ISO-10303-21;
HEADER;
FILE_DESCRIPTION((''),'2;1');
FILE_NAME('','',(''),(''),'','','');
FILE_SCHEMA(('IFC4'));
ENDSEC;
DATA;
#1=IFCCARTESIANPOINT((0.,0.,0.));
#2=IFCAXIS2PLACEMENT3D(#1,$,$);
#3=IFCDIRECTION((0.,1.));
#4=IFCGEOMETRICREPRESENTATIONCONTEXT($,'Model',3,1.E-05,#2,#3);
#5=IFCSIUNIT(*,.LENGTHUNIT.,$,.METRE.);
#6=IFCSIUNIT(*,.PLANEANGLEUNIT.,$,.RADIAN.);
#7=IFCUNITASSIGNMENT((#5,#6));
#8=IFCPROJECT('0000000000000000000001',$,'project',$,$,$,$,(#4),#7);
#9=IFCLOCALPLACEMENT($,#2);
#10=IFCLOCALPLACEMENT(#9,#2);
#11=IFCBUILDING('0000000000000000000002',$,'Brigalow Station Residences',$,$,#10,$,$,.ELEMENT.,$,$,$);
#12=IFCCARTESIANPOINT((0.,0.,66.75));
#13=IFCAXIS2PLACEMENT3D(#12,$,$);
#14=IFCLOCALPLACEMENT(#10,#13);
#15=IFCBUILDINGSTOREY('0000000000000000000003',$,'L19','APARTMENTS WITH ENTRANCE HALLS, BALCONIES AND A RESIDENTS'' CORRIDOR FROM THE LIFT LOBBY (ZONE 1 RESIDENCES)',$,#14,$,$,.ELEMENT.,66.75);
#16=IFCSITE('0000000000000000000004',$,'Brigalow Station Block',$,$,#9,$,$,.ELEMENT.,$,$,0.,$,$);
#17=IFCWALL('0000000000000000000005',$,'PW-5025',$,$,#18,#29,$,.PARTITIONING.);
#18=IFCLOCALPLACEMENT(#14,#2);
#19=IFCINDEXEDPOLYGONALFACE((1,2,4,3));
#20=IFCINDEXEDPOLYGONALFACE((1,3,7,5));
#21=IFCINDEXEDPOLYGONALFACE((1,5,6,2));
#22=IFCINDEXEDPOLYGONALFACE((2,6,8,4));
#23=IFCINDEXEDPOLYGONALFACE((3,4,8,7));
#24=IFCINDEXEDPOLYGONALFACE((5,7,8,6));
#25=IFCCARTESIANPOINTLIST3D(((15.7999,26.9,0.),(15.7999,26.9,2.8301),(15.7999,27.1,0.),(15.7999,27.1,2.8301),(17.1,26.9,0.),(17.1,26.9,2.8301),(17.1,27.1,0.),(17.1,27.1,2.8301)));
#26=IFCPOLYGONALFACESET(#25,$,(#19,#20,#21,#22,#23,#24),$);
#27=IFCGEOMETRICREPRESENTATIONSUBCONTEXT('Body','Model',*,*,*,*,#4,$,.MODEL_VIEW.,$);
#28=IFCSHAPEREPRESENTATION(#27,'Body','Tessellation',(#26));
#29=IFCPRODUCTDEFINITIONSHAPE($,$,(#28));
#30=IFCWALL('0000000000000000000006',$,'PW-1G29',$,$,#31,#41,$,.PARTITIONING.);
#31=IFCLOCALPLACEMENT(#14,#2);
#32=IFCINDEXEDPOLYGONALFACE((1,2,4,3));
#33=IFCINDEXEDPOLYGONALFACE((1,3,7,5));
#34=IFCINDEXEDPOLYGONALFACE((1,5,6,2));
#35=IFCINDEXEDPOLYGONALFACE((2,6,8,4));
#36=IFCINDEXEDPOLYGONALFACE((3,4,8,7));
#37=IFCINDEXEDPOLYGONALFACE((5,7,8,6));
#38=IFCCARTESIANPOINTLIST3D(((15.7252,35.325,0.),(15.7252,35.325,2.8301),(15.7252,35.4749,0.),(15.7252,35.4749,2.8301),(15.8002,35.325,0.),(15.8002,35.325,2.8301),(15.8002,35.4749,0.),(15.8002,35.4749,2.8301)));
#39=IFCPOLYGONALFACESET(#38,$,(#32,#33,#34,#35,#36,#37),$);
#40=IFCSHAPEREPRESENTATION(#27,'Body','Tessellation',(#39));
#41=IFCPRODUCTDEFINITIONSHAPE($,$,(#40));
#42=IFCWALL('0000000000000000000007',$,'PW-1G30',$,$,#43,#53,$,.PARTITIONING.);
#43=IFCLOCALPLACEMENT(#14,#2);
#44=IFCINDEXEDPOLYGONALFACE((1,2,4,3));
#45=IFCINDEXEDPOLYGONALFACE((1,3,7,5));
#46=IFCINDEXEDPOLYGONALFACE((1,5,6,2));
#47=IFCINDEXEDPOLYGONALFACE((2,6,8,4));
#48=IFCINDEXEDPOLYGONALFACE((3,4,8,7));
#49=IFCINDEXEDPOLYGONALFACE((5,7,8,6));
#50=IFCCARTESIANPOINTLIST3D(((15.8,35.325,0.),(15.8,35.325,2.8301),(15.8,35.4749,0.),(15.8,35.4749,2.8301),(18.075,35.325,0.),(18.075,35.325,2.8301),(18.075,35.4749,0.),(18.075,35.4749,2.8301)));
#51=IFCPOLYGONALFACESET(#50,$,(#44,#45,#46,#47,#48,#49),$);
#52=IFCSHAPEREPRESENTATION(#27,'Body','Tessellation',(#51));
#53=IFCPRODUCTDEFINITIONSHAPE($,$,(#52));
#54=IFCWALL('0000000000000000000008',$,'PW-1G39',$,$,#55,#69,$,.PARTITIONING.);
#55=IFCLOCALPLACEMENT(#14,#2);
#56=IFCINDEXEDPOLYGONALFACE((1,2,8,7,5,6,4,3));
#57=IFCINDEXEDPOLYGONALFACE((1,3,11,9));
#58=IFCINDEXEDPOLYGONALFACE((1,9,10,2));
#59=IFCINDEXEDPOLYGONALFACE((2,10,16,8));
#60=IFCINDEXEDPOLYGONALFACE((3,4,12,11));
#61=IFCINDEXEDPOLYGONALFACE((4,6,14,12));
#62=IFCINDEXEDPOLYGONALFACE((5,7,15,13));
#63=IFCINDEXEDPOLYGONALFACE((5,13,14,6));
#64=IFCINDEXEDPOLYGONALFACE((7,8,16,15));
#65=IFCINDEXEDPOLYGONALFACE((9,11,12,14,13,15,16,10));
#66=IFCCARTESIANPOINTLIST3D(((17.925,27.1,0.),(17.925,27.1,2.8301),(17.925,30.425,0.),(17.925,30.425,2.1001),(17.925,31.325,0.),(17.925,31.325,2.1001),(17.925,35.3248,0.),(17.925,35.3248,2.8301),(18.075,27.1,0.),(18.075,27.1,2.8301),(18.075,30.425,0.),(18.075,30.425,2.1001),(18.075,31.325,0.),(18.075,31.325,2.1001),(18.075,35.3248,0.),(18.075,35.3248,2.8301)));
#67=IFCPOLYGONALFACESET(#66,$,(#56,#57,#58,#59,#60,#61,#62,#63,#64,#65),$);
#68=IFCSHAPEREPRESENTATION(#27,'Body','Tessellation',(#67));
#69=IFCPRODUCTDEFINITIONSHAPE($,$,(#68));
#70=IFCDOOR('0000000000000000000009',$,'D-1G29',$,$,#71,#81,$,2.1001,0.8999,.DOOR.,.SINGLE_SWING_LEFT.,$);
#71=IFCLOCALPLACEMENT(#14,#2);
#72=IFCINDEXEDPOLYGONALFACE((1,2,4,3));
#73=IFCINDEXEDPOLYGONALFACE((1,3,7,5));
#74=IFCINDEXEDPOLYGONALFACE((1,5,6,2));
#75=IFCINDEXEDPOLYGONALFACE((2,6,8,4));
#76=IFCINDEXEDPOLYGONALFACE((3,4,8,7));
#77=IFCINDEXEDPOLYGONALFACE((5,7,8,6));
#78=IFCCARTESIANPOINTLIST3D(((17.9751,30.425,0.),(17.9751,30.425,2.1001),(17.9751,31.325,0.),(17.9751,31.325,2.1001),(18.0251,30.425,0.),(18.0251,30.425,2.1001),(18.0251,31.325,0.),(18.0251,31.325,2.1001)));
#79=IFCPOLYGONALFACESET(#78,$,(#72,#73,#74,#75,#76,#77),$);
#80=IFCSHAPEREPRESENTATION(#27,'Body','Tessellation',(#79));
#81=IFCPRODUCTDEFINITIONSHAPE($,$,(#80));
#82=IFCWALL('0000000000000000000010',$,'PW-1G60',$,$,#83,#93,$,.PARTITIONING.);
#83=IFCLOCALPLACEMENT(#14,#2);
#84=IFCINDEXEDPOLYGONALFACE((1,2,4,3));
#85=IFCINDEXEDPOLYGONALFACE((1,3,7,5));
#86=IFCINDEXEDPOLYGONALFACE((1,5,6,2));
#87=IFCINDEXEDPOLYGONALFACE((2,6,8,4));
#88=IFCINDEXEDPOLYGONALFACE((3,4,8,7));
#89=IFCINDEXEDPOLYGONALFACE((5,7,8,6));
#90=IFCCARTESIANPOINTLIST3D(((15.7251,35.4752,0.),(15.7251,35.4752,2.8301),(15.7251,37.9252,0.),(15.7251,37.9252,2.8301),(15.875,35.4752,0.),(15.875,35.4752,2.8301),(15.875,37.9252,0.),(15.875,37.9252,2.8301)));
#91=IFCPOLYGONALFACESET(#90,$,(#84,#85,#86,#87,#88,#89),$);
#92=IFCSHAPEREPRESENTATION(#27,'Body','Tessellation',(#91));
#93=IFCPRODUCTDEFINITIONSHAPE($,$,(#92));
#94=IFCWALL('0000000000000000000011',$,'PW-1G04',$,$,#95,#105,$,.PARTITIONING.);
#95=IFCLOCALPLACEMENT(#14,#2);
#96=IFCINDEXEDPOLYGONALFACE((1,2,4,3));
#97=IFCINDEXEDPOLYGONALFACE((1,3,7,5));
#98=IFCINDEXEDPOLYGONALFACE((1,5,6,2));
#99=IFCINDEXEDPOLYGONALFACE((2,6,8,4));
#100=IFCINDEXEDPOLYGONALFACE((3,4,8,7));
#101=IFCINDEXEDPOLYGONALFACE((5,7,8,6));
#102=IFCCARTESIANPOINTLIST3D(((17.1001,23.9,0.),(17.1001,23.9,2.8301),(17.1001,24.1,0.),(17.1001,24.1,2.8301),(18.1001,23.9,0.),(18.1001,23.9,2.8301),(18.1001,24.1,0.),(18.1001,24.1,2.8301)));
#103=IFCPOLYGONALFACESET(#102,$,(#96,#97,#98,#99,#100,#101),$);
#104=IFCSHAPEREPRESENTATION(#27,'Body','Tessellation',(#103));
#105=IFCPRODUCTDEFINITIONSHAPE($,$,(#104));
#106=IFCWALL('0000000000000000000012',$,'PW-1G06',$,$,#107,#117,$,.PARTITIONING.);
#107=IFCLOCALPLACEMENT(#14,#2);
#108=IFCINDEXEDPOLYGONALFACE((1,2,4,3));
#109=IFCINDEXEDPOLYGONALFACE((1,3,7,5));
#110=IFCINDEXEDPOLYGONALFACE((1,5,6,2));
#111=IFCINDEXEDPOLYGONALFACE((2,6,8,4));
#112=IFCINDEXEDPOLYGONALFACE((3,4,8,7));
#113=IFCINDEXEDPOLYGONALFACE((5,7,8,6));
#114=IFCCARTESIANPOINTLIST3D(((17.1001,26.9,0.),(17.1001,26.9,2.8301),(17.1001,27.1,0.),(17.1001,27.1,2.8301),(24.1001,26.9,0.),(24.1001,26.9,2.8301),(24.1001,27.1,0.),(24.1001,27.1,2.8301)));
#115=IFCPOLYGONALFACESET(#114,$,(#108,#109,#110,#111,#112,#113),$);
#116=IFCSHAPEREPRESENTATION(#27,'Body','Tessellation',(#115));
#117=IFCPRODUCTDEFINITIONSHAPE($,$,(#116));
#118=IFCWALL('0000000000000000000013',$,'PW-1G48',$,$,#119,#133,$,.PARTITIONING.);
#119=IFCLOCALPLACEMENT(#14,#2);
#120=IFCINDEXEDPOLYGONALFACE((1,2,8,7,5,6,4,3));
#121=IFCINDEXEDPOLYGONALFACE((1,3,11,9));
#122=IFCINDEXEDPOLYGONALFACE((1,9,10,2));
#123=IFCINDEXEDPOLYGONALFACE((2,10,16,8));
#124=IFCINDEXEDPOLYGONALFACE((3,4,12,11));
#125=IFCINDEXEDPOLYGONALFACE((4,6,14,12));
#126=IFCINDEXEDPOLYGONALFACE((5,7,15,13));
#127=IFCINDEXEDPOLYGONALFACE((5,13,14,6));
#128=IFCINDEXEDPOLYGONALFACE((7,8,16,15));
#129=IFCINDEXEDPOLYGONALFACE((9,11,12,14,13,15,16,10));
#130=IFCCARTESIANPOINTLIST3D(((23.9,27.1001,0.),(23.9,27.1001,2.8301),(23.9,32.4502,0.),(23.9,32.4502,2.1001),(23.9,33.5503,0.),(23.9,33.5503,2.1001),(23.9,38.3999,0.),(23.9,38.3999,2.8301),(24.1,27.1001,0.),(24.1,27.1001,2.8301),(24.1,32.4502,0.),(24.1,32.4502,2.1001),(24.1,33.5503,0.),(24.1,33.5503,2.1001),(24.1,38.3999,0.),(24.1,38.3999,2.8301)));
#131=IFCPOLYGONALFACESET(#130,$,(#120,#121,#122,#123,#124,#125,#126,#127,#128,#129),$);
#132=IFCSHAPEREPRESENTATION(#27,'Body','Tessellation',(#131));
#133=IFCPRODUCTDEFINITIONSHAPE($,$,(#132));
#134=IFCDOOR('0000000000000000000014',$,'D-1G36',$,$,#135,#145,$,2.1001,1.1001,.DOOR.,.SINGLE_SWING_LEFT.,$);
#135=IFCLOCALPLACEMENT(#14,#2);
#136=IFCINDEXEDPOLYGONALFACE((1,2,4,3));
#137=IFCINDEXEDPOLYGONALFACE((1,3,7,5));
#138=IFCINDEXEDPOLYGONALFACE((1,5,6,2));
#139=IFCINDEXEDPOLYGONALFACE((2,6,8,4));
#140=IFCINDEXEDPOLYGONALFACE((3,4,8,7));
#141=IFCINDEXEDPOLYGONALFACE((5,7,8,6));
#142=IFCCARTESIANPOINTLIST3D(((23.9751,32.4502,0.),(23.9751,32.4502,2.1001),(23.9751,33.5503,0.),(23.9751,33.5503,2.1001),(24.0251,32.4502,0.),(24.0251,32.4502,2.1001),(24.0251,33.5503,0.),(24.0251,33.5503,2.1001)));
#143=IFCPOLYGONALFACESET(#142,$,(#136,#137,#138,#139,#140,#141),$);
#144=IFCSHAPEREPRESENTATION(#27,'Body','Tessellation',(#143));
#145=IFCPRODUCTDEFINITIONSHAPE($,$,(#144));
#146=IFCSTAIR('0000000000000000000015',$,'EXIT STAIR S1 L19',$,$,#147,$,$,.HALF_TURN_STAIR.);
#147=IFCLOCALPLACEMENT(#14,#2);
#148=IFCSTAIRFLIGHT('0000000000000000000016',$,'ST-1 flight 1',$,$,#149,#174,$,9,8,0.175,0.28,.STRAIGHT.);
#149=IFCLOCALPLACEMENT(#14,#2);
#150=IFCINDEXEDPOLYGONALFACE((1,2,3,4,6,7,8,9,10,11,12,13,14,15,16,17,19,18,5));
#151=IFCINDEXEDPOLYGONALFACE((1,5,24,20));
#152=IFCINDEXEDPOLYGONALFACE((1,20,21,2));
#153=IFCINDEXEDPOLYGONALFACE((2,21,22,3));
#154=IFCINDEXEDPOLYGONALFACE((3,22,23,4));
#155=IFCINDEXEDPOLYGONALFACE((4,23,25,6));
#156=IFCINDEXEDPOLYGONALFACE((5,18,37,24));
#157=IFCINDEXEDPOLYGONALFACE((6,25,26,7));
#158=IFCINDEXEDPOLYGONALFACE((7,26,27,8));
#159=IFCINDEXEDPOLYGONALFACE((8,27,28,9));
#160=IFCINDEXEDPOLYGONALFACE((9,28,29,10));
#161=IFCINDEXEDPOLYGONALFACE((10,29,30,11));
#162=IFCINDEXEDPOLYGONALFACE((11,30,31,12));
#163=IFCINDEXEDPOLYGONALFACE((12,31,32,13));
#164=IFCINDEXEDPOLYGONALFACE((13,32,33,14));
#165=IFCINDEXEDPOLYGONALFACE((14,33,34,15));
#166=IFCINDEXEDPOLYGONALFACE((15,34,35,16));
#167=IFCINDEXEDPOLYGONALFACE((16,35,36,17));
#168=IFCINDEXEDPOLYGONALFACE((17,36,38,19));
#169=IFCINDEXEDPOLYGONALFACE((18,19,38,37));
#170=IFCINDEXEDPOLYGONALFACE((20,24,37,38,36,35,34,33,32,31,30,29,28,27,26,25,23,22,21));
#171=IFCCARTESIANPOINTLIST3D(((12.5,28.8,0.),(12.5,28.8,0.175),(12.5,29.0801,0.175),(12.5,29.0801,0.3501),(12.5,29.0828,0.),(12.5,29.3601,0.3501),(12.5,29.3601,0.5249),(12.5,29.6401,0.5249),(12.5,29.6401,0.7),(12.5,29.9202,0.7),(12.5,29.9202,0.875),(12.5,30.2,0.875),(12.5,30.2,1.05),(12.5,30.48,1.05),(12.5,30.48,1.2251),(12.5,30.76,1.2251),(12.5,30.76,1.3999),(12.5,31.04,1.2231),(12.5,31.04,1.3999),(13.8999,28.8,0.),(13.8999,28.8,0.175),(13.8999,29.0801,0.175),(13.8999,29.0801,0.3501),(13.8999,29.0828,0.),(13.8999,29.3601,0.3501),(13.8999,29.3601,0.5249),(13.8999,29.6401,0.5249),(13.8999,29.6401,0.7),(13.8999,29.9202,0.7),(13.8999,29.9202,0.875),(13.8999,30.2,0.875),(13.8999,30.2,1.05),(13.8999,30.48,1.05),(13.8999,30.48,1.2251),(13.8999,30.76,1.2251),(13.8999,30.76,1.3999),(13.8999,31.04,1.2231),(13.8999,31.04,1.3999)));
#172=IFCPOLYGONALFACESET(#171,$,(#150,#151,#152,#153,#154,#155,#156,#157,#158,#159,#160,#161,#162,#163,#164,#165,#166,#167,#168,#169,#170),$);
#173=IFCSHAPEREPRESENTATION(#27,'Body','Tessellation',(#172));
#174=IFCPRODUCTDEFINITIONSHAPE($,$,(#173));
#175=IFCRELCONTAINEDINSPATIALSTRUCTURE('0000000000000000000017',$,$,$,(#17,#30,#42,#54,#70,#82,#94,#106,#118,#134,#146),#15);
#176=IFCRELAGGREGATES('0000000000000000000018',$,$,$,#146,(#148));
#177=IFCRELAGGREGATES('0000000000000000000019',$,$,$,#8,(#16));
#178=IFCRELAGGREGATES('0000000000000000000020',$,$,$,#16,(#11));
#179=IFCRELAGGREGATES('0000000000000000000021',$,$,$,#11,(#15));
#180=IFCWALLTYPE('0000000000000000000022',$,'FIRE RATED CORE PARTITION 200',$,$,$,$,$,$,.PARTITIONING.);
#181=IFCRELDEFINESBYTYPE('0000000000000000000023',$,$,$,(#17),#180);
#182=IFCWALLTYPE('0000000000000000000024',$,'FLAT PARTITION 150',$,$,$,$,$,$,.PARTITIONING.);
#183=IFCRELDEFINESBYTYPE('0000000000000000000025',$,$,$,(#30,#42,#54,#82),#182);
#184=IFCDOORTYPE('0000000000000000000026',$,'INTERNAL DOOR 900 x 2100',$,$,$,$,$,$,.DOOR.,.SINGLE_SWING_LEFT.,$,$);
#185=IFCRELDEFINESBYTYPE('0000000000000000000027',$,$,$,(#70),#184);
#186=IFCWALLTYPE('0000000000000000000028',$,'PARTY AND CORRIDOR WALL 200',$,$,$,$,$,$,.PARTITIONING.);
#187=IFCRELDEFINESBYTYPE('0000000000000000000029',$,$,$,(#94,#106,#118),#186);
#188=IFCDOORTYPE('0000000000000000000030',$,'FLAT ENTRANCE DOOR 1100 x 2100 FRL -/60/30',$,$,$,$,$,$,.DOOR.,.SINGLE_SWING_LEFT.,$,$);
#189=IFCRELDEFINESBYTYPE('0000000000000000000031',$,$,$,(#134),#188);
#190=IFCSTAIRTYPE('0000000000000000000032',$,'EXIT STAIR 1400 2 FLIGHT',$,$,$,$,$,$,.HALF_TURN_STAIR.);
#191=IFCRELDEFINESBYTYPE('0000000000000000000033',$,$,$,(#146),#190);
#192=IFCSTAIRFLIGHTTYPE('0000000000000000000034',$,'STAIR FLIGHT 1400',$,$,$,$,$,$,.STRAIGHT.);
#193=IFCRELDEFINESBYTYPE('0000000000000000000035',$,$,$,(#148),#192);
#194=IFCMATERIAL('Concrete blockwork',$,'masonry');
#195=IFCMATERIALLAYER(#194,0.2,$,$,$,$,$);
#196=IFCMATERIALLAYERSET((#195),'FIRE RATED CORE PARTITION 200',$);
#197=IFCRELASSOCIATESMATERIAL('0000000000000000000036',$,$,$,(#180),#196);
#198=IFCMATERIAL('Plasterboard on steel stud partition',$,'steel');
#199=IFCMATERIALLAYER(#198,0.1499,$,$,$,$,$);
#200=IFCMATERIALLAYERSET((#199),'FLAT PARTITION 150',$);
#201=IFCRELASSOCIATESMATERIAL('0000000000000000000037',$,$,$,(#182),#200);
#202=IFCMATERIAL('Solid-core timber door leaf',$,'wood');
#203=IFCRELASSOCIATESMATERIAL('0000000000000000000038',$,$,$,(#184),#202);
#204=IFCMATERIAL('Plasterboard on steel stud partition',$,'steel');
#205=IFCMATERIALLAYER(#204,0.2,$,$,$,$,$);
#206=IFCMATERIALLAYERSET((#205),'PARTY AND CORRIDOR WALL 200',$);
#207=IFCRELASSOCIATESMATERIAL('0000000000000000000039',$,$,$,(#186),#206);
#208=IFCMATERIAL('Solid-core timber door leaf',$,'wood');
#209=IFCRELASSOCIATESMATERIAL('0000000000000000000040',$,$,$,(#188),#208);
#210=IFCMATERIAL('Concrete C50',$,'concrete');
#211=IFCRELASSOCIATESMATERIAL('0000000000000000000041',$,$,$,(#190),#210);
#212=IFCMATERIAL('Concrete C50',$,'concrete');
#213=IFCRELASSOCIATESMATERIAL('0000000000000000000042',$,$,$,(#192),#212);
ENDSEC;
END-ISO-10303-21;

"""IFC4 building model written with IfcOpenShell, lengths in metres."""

from ifc_helpers import new_model, si_unit, direction, frame, frame_2d, origin, place, context, subcontext, project, spatial, polyline, rectangle, outline, extrude, material, layer, layer_set, type_object, element, fill, aggregate, save


model = new_model("IFC4")

# Units and contexts
model_context = context("Model", 3, precision=1e-05, world=origin(), true_north=direction((0.0, 1.0)))
body_context = subcontext(model_context, "Body", "Model", "MODEL_VIEW")
ifc_project = project(units=[si_unit("LENGTHUNIT", "METRE"), si_unit("PLANEANGLEUNIT", "RADIAN")], contexts=[model_context])

# Site, building, storey
site_placement = place(None, origin())
site = spatial("IfcSite", under=ifc_project, at=site_placement, Name="Brigalow Station Block", CompositionType="ELEMENT", RefElevation=0.0)
building_placement = place(site_placement, origin())
building = spatial("IfcBuilding", under=site, at=building_placement, Name="Brigalow Station Residences", CompositionType="ELEMENT")
storey_placement = place(building_placement, frame((0.0, 0.0, 66.75)))
storey = spatial("IfcBuildingStorey", under=building, at=storey_placement, Name="L19", Description="APARTMENTS WITH ENTRANCE HALLS, BALCONIES AND A RESIDENTS' CORRIDOR FROM THE LIFT LOBBY (ZONE 1 RESIDENCES)", CompositionType="ELEMENT", Elevation=66.75)

# Walls
ifc_material_1 = material(Name="Concrete blockwork", Category="masonry")
ifc_layer_1 = layer(ifc_material_1, 0.2)
ifc_layer_set_1 = layer_set([ifc_layer_1], Name="FIRE RATED CORE PARTITION 200")
wall_type_1 = type_object("IfcWallType", Name="FIRE RATED CORE PARTITION 200", PredefinedType="PARTITIONING", material=ifc_layer_set_1)
wall_1_placement = place(storey_placement, frame((15.8, 27.0, 0.0), z_axis=(0.0, 0.0, 1.0), x_axis=(1.0, 0.0, 0.0)))
element("IfcWall", 1, at=wall_1_placement, inside=storey, type_object=wall_type_1, Name="PW-5025", PredefinedType="PARTITIONING", context=body_context, shape_type="SweptSolid", body=[
    extrude(rectangle(XDim=1.3, YDim=0.2, at=frame_2d((0.6499, 0.0))), origin(), (0.0, 0.0, 1.0), 2.8301),
])
ifc_material_2 = material(Name="Plasterboard on steel stud partition", Category="steel")
ifc_layer_2 = layer(ifc_material_2, 0.1499)
ifc_layer_set_2 = layer_set([ifc_layer_2], Name="FLAT PARTITION 150")
wall_type_2 = type_object("IfcWallType", Name="FLAT PARTITION 150", PredefinedType="PARTITIONING", material=ifc_layer_set_2)
wall_2_placement = place(storey_placement, frame((15.7251, 35.3999, 0.0), z_axis=(0.0, 0.0, 1.0), x_axis=(1.0, 0.0, 0.0)))
element("IfcWall", 2, at=wall_2_placement, inside=storey, type_object=wall_type_2, Name="PW-1G29", PredefinedType="PARTITIONING", context=body_context, shape_type="SweptSolid", body=[
    extrude(rectangle(XDim=0.075, YDim=0.1499, at=frame_2d((0.0376, 0.0))), origin(), (0.0, 0.0, 1.0), 2.8301),
])
wall_3_placement = place(storey_placement, frame((15.8, 35.3999, 0.0), z_axis=(0.0, 0.0, 1.0), x_axis=(1.0, 0.0, 0.0)))
element("IfcWall", 3, at=wall_3_placement, inside=storey, type_object=wall_type_2, Name="PW-1G30", PredefinedType="PARTITIONING", context=body_context, shape_type="SweptSolid", body=[
    extrude(rectangle(XDim=2.2749, YDim=0.1499, at=frame_2d((1.1375, 0.0))), origin(), (0.0, 0.0, 1.0), 2.8301),
])

# Wall, opening, door
wall_4_placement = place(storey_placement, frame((18.0, 27.1001, 0.0), z_axis=(0.0, 0.0, 1.0), x_axis=(0.0, 1.0, 0.0)))
wall_4 = element("IfcWall", 4, at=wall_4_placement, inside=storey, type_object=wall_type_2, Name="PW-1G39", PredefinedType="PARTITIONING", context=body_context, shape_type="SweptSolid", body=[
    extrude(rectangle(XDim=8.2249, YDim=0.1499, at=frame_2d((4.1123, 0.0))), origin(), (0.0, 0.0, 1.0), 2.8301),
])
opening_1_placement = place(wall_4_placement, frame((3.325, 0.0, 0.0)))
opening_1 = element("IfcOpeningElement", 5, at=opening_1_placement, cuts=wall_4, PredefinedType="OPENING", context=body_context, shape_type="SweptSolid", body=[
    extrude(rectangle(XDim=0.8999, YDim=2.1001, at=frame_2d((0.45, 1.05))), frame((0.0, 0.085, 0.0), z_axis=(0.0, -1.0, 0.0), x_axis=(1.0, 0.0, 0.0)), (0.0, 0.0, 1.0), 0.1699),
])
ifc_material_3 = material(Name="Solid-core timber door leaf", Category="wood")
door_type_1 = type_object("IfcDoorType", Name="INTERNAL DOOR 900 x 2100", OperationType="SINGLE_SWING_LEFT", PredefinedType="DOOR", material=ifc_material_3)
door_1_placement = place(opening_1_placement, origin())
door_1 = element("IfcDoor", 6, at=door_1_placement, inside=storey, type_object=door_type_1, Name="D-1G29", OperationType="SINGLE_SWING_LEFT", OverallHeight=2.1001, OverallWidth=0.8999, PredefinedType="DOOR", context=body_context, shape_type="SweptSolid", body=[
    extrude(rectangle(XDim=0.8999, YDim=2.1001, at=frame_2d((0.45, 1.05))), frame((0.0, 0.0249, 0.0), z_axis=(0.0, -1.0, 0.0), x_axis=(1.0, 0.0, 0.0)), (0.0, 0.0, 1.0), 0.05),
])
fill(opening_1, door_1)

# Walls
wall_5_placement = place(storey_placement, frame((15.8, 35.4751, 0.0), z_axis=(0.0, 0.0, 1.0), x_axis=(0.0, 1.0, 0.0)))
element("IfcWall", 7, at=wall_5_placement, inside=storey, type_object=wall_type_2, Name="PW-1G60", PredefinedType="PARTITIONING", context=body_context, shape_type="SweptSolid", body=[
    extrude(rectangle(XDim=2.45, YDim=0.1499, at=frame_2d((1.2251, 0.0))), origin(), (0.0, 0.0, 1.0), 2.8301),
])
ifc_material_4 = material(Name="Plasterboard on steel stud partition", Category="steel")
ifc_layer_3 = layer(ifc_material_4, 0.2)
ifc_layer_set_3 = layer_set([ifc_layer_3], Name="PARTY AND CORRIDOR WALL 200")
wall_type_3 = type_object("IfcWallType", Name="PARTY AND CORRIDOR WALL 200", PredefinedType="PARTITIONING", material=ifc_layer_set_3)
wall_6_placement = place(storey_placement, frame((17.1001, 24.0, 0.0), z_axis=(0.0, 0.0, 1.0), x_axis=(1.0, 0.0, 0.0)))
element("IfcWall", 8, at=wall_6_placement, inside=storey, type_object=wall_type_3, Name="PW-1G04", PredefinedType="PARTITIONING", context=body_context, shape_type="SweptSolid", body=[
    extrude(rectangle(XDim=1.0, YDim=0.2, at=frame_2d((0.5, 0.0))), origin(), (0.0, 0.0, 1.0), 2.8301),
])
wall_7_placement = place(storey_placement, frame((17.1001, 27.0, 0.0), z_axis=(0.0, 0.0, 1.0), x_axis=(1.0, 0.0, 0.0)))
element("IfcWall", 9, at=wall_7_placement, inside=storey, type_object=wall_type_3, Name="PW-1G06", PredefinedType="PARTITIONING", context=body_context, shape_type="SweptSolid", body=[
    extrude(rectangle(XDim=7.0, YDim=0.2, at=frame_2d((3.5, 0.0))), origin(), (0.0, 0.0, 1.0), 2.8301),
])

# Wall, opening, door
wall_8_placement = place(storey_placement, frame((24.0, 27.1001, 0.0), z_axis=(0.0, 0.0, 1.0), x_axis=(0.0, 1.0, 0.0)))
wall_8 = element("IfcWall", 10, at=wall_8_placement, inside=storey, type_object=wall_type_3, Name="PW-1G48", PredefinedType="PARTITIONING", context=body_context, shape_type="SweptSolid", body=[
    extrude(rectangle(XDim=11.2998, YDim=0.2, at=frame_2d((5.6499, 0.0))), origin(), (0.0, 0.0, 1.0), 2.8301),
])
opening_2_placement = place(wall_8_placement, frame((5.3501, 0.0, 0.0)))
opening_2 = element("IfcOpeningElement", 11, at=opening_2_placement, cuts=wall_8, PredefinedType="OPENING", context=body_context, shape_type="SweptSolid", body=[
    extrude(rectangle(XDim=1.1001, YDim=2.1001, at=frame_2d((0.55, 1.05))), frame((0.0, 0.1099, 0.0), z_axis=(0.0, -1.0, 0.0), x_axis=(1.0, 0.0, 0.0)), (0.0, 0.0, 1.0), 0.22),
])
ifc_material_5 = material(Name="Solid-core timber door leaf", Category="wood")
door_type_2 = type_object("IfcDoorType", Name="FLAT ENTRANCE DOOR 1100 x 2100 FRL -/60/30", OperationType="SINGLE_SWING_LEFT", PredefinedType="DOOR", material=ifc_material_5)
door_2_placement = place(opening_2_placement, origin())
door_2 = element("IfcDoor", 12, at=door_2_placement, inside=storey, type_object=door_type_2, Name="D-1G36", OperationType="SINGLE_SWING_LEFT", OverallHeight=2.1001, OverallWidth=1.1001, PredefinedType="DOOR", context=body_context, shape_type="SweptSolid", body=[
    extrude(rectangle(XDim=1.1001, YDim=2.1001, at=frame_2d((0.55, 1.05))), frame((0.0, 0.0249, 0.0), z_axis=(0.0, -1.0, 0.0), x_axis=(1.0, 0.0, 0.0)), (0.0, 0.0, 1.0), 0.05),
])
fill(opening_2, door_2)

# Stair, stair flight
ifc_material_6 = material(Name="Concrete C50", Category="concrete")
stair_type = type_object("IfcStairType", Name="EXIT STAIR 1400 2 FLIGHT", PredefinedType="HALF_TURN_STAIR", material=ifc_material_6)
stair_placement = place(storey_placement, origin())
stair = element("IfcStair", 13, at=stair_placement, inside=storey, type_object=stair_type, Name="EXIT STAIR S1 L19", PredefinedType="HALF_TURN_STAIR")
ifc_material_7 = material(Name="Concrete C50", Category="concrete")
stair_flight_type = type_object("IfcStairFlightType", Name="STAIR FLIGHT 1400", PredefinedType="STRAIGHT", material=ifc_material_7)
stair_flight_1_placement = place(storey_placement, frame((13.2, 28.8, 0.0), z_axis=(0.0, 0.0, 1.0), x_axis=(0.0, 1.0, 0.0)))
stair_flight_1 = element("IfcStairFlight", 14, at=stair_flight_1_placement, type_object=stair_flight_type, Name="ST-1 flight 1", NumberOfRisers=9, NumberOfTreads=8, PredefinedType="STRAIGHT", RiserHeight=0.175, TreadLength=0.28, context=body_context, shape_type="SweptSolid", body=[
    extrude(outline(polyline([(0.0, 0.0), (0.0, 0.175), (0.28, 0.175), (0.28, 0.3501), (0.5601, 0.3501), (0.5601, 0.5249), (0.8401, 0.5249), (0.8401, 0.7), (1.1201, 0.7), (1.1201, 0.875), (1.3999, 0.875), (1.3999, 1.05), (1.6799, 1.05), (1.6799, 1.2251), (1.96, 1.2251), (1.96, 1.3999), (2.24, 1.3999), (2.24, 1.575), (2.24, 1.2231), (0.2827, 0.0), (0.0, 0.0)])), frame((0.0, 0.7, 0.0), z_axis=(0.0, -1.0, 0.0), x_axis=(1.0, 0.0, 0.0)), (0.0, 0.0, 1.0), 1.3999),
])
aggregate(stair, [stair_flight_1])

save(model, "model.ifc")
